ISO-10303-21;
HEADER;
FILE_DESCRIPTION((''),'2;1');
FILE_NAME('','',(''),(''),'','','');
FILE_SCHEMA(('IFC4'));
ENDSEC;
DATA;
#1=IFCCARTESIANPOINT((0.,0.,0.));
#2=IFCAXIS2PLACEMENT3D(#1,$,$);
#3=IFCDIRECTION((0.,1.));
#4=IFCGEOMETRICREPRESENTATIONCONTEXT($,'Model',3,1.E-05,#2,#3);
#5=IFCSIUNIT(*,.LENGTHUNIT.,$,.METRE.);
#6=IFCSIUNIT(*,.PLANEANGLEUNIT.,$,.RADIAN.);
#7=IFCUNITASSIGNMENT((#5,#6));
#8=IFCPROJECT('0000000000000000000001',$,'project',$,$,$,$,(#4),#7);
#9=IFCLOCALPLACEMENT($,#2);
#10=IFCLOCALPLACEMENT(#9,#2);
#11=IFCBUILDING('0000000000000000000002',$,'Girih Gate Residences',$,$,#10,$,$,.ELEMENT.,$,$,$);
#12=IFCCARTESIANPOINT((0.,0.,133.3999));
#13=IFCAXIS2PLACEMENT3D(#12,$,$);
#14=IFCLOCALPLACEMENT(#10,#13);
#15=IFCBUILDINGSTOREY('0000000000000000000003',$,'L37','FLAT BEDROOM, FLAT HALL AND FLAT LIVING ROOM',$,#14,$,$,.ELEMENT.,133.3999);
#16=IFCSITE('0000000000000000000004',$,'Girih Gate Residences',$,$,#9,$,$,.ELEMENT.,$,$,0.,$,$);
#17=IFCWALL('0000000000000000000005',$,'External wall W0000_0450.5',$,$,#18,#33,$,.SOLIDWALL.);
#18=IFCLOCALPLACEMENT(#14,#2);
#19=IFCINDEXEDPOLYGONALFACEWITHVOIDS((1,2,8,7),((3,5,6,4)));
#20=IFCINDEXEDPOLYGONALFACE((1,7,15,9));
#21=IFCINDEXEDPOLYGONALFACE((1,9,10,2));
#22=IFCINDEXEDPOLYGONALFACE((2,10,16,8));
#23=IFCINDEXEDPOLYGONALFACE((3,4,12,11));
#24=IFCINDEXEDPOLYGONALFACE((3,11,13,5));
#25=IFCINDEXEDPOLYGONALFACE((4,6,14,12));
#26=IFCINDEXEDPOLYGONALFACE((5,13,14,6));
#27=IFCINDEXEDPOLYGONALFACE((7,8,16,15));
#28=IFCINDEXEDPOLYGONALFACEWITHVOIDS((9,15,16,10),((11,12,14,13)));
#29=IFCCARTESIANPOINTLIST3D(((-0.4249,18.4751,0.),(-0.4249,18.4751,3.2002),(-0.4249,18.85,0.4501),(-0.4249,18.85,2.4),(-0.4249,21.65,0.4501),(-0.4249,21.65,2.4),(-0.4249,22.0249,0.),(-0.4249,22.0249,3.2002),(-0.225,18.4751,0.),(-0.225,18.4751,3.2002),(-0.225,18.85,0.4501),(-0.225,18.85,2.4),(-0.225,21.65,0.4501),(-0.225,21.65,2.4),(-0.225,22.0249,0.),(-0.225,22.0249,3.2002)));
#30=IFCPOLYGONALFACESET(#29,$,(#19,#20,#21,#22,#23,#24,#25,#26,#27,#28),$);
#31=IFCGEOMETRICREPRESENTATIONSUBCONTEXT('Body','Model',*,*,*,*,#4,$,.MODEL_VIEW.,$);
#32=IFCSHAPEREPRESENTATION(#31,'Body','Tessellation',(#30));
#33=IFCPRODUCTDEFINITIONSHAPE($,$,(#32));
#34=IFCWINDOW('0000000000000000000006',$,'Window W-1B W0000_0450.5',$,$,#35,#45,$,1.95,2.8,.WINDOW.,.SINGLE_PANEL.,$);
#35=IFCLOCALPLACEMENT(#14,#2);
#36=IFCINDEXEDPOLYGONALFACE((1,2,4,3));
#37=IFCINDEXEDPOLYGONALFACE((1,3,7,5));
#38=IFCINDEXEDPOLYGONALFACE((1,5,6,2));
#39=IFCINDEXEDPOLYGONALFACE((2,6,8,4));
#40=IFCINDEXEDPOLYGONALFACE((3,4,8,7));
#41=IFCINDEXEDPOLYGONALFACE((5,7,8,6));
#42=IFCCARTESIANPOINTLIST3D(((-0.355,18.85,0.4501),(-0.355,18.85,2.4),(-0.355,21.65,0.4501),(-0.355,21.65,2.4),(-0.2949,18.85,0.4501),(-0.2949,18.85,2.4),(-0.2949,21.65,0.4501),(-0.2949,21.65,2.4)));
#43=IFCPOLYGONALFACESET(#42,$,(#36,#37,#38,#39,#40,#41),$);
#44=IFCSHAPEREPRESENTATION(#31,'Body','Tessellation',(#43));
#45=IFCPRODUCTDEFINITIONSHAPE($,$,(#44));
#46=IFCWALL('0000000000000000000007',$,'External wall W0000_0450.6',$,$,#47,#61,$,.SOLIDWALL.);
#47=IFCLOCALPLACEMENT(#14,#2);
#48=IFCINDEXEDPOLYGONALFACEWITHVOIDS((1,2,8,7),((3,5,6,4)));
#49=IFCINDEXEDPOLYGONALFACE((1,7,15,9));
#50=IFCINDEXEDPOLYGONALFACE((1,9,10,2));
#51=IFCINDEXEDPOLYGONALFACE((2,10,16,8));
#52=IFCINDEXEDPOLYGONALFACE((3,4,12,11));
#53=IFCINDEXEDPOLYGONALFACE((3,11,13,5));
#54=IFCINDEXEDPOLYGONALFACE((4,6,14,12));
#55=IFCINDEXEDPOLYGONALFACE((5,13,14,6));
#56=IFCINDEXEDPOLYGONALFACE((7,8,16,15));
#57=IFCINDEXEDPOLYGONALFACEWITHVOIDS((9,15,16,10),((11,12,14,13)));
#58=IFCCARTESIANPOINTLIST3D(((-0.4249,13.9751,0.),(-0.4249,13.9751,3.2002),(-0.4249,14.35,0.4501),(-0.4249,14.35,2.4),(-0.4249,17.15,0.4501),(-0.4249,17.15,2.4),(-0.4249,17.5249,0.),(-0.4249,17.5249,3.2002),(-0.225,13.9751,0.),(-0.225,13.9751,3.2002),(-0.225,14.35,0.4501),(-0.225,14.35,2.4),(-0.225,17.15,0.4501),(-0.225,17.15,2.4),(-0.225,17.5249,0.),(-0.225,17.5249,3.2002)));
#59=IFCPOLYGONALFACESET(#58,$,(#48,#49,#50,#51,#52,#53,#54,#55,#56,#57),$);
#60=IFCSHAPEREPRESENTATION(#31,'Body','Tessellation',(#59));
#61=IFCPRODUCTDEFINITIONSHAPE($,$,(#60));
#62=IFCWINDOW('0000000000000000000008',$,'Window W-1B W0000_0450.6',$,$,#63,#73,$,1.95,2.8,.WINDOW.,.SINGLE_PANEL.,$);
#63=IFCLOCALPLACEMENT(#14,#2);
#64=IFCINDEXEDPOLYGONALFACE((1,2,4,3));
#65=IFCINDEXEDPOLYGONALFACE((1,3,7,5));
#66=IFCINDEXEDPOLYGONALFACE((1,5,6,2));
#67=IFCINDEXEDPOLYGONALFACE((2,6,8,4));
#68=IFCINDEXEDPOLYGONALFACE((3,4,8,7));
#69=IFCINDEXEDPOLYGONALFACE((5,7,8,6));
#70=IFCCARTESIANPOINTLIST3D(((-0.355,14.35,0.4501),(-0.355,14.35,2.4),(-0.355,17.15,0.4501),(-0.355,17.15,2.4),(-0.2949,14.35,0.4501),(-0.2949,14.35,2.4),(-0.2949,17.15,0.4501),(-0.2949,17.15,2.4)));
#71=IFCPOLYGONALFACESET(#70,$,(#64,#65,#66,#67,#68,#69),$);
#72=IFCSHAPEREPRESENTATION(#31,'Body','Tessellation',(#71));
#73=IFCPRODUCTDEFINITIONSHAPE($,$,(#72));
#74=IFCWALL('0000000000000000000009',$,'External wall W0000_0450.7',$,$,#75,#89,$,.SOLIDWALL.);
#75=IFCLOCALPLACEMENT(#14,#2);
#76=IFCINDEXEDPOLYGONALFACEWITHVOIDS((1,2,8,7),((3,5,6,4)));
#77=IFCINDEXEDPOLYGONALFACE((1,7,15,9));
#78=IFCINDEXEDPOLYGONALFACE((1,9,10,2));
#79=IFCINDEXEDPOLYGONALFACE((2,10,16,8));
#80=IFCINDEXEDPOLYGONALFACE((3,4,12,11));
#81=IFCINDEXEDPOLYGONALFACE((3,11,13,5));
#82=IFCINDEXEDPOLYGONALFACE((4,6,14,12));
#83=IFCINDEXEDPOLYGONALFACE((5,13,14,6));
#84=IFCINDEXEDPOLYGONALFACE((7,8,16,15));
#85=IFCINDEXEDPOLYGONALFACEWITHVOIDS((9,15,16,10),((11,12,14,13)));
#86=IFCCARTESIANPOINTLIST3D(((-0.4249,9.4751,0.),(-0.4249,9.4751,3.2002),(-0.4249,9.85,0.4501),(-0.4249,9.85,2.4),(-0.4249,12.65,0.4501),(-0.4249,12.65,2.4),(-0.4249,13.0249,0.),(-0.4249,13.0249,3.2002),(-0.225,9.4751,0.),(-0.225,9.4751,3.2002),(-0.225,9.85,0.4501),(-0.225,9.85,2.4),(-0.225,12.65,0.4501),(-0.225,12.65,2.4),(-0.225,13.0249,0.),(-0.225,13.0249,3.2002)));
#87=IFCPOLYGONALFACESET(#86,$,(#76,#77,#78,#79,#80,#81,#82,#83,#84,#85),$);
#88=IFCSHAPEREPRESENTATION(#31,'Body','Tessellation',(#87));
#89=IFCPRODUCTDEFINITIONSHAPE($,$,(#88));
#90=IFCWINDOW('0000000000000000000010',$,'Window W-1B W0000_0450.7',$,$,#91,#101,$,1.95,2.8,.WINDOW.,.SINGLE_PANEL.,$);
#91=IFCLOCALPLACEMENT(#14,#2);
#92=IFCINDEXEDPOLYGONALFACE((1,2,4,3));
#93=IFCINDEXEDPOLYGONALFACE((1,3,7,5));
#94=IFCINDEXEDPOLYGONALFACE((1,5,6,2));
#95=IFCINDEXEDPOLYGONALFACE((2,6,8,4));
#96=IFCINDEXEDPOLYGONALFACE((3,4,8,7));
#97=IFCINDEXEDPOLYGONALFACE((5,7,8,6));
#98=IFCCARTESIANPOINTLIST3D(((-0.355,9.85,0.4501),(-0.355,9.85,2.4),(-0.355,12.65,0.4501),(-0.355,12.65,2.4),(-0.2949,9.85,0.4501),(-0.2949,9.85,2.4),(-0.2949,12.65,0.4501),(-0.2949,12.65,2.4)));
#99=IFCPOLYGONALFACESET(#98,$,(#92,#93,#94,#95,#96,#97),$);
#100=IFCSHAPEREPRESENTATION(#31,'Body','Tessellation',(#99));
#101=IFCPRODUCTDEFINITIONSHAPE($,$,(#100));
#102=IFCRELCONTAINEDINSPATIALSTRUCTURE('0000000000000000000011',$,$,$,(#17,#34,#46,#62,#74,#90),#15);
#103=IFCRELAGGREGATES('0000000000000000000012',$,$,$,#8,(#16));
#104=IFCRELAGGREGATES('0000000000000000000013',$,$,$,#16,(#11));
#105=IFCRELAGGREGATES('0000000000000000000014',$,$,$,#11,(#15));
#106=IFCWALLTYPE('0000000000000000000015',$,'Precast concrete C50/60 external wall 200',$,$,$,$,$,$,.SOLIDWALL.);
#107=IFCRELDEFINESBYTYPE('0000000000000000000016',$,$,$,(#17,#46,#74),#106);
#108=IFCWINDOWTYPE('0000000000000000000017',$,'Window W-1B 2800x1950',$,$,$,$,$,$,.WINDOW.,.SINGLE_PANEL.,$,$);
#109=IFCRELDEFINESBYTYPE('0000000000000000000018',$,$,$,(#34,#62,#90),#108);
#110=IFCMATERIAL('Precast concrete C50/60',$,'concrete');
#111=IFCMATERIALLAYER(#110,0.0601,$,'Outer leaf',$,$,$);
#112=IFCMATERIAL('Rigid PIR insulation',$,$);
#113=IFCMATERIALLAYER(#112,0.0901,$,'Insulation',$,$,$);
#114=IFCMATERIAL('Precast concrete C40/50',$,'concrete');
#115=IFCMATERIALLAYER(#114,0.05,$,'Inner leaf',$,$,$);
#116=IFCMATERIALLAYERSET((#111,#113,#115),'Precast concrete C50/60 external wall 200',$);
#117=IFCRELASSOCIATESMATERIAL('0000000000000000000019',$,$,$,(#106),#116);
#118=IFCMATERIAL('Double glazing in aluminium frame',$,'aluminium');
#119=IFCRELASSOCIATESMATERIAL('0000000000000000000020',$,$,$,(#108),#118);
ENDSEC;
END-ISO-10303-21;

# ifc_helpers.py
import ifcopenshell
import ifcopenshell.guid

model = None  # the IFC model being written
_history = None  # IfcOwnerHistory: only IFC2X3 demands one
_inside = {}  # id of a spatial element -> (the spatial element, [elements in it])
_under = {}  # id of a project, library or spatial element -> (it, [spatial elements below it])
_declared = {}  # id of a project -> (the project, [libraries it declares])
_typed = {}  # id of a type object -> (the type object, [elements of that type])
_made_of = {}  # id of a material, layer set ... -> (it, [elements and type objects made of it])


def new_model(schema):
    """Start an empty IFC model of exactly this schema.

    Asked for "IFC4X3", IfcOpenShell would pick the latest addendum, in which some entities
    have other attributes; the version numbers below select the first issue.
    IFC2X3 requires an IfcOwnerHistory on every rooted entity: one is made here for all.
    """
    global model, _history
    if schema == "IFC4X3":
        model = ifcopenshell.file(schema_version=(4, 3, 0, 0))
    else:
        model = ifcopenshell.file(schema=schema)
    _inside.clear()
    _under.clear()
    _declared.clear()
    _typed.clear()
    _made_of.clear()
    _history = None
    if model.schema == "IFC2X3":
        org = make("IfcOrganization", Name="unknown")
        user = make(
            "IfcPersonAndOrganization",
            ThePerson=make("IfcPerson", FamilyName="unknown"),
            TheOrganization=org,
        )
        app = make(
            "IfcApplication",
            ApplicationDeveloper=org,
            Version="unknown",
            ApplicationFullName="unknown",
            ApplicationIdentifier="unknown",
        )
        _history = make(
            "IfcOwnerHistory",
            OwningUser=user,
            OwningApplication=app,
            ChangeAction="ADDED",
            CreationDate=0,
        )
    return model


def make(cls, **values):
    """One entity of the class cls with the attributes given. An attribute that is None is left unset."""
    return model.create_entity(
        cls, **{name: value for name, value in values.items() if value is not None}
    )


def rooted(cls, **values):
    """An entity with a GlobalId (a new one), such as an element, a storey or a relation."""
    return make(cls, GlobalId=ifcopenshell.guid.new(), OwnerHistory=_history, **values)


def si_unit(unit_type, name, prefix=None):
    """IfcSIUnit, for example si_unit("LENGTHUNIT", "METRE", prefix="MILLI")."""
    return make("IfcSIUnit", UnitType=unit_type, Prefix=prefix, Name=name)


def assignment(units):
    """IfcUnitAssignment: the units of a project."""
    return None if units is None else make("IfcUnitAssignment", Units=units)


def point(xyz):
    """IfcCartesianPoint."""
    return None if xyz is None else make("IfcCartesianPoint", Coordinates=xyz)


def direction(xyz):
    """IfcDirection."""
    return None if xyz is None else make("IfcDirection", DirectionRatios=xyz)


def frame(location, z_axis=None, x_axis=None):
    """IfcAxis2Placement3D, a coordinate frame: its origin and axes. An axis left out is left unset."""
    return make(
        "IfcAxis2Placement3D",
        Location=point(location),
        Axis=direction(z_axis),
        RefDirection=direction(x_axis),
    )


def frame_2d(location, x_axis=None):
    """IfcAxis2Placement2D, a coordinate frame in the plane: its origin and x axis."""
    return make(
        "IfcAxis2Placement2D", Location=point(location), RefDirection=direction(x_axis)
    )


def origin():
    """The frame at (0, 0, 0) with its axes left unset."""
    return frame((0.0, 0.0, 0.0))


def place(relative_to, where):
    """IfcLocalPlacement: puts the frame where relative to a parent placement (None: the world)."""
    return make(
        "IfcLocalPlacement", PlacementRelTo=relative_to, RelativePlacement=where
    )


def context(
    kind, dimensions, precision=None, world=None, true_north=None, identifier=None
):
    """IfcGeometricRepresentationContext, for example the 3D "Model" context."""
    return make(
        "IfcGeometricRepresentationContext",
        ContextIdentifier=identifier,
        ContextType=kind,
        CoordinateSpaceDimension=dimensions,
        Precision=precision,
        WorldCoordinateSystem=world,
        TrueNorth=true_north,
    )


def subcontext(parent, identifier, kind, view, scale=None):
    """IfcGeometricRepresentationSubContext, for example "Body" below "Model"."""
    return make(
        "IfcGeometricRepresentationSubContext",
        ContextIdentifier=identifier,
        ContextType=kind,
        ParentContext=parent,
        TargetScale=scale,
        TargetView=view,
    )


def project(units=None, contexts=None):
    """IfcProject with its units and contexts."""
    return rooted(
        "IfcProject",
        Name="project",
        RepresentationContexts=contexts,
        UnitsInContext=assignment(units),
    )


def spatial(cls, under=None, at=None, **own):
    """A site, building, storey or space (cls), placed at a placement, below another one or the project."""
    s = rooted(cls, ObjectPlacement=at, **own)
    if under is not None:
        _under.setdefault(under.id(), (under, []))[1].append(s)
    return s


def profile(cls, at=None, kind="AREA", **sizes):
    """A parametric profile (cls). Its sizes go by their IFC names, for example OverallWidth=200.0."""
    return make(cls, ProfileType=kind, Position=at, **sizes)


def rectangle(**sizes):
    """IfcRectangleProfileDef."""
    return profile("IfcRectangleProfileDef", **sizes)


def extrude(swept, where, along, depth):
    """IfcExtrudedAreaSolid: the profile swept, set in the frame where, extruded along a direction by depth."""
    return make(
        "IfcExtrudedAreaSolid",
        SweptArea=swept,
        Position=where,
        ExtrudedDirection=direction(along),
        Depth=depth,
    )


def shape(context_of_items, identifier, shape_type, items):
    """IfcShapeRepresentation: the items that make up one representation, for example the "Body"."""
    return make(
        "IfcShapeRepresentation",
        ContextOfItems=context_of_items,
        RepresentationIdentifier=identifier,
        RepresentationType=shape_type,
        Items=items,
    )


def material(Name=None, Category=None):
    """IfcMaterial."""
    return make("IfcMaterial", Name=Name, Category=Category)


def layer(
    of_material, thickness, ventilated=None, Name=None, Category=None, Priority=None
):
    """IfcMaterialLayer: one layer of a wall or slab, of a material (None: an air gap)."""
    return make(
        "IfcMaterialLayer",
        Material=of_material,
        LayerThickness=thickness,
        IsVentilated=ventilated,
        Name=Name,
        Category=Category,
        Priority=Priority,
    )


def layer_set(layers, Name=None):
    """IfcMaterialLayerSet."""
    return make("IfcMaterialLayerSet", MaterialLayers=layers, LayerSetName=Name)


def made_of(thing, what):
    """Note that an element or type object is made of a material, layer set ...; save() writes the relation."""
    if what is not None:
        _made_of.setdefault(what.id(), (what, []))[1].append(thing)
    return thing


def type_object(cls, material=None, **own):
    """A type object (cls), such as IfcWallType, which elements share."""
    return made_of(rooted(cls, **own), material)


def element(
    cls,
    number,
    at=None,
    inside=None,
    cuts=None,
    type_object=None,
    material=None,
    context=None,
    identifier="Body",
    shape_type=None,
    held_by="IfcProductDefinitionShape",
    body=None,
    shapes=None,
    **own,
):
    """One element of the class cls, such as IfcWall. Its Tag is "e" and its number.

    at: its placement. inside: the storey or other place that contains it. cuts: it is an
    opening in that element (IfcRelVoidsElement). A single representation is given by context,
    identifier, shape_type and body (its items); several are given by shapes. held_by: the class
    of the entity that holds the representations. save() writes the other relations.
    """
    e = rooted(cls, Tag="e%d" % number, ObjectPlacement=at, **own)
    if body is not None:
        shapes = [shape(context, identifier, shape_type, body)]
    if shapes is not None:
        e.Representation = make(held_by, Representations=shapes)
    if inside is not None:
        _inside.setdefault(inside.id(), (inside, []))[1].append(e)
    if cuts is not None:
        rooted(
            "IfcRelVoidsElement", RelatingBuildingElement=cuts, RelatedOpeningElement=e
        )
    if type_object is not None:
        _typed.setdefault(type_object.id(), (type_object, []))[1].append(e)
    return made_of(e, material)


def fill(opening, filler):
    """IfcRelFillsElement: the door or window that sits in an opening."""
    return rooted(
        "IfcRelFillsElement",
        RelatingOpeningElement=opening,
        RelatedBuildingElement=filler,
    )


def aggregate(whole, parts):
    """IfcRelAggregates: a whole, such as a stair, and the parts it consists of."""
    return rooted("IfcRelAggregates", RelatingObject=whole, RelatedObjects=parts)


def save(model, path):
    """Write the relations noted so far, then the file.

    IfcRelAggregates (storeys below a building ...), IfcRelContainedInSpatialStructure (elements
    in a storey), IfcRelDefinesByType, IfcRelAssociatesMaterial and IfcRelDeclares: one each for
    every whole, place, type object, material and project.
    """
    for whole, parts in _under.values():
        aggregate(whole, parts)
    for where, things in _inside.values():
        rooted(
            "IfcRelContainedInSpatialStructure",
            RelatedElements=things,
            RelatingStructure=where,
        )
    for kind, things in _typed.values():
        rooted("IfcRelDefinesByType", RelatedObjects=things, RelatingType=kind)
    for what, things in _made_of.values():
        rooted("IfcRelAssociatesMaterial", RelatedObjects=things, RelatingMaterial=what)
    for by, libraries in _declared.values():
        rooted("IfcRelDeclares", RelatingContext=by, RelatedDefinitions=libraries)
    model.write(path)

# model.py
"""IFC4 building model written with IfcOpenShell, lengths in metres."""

from ifc_helpers import new_model, si_unit, direction, frame, frame_2d, origin, place, context, subcontext, project, spatial, rectangle, extrude, material, layer, layer_set, type_object, element, fill, save


model = new_model("IFC4")

# Units and contexts
model_context = context("Model", 3, precision=1e-05, world=origin(), true_north=direction((0.0, 1.0)))
body_context = subcontext(model_context, "Body", "Model", "MODEL_VIEW")
ifc_project = project(units=[si_unit("LENGTHUNIT", "METRE"), si_unit("PLANEANGLEUNIT", "RADIAN")], contexts=[model_context])

# Site, building, storey
site_placement = place(None, origin())
site = spatial("IfcSite", under=ifc_project, at=site_placement, Name="Girih Gate Residences", CompositionType="ELEMENT", RefElevation=0.0)
building_placement = place(site_placement, origin())
building = spatial("IfcBuilding", under=site, at=building_placement, Name="Girih Gate Residences", CompositionType="ELEMENT")
storey_placement = place(building_placement, frame((0.0, 0.0, 133.3999)))
storey = spatial("IfcBuildingStorey", under=building, at=storey_placement, Name="L37", Description="FLAT BEDROOM, FLAT HALL AND FLAT LIVING ROOM", CompositionType="ELEMENT", Elevation=133.3999)

# Walls, openings, windows
ifc_material_1 = material(Name="Precast concrete C50/60", Category="concrete")
ifc_layer_1 = layer(ifc_material_1, 0.0601, Name="Outer leaf")
ifc_material_2 = material(Name="Rigid PIR insulation")
ifc_layer_2 = layer(ifc_material_2, 0.0901, Name="Insulation")
ifc_material_3 = material(Name="Precast concrete C40/50", Category="concrete")
ifc_layer_3 = layer(ifc_material_3, 0.05, Name="Inner leaf")
ifc_layer_set_1 = layer_set([ifc_layer_1, ifc_layer_2, ifc_layer_3], Name="Precast concrete C50/60 external wall 200")
wall_type_1 = type_object("IfcWallType", Name="Precast concrete C50/60 external wall 200", PredefinedType="SOLIDWALL", material=ifc_layer_set_1)
wall_1_placement = place(storey_placement, frame((-0.325, 18.4751, 0.0), z_axis=(0.0, 0.0, 1.0), x_axis=(0.0, 1.0, 0.0)))
wall_1 = element("IfcWall", 1, at=wall_1_placement, inside=storey, type_object=wall_type_1, Name="External wall W0000_0450.5", PredefinedType="SOLIDWALL", context=body_context, shape_type="SweptSolid", body=[
    extrude(rectangle(XDim=3.5498, YDim=0.2, at=frame_2d((1.7749, 0.0))), origin(), (0.0, 0.0, 1.0), 3.2002),
])
opening_1_placement = place(wall_1_placement, frame((0.375, 0.0, 0.45)))
opening_1 = element("IfcOpeningElement", 2, at=opening_1_placement, cuts=wall_1, PredefinedType="OPENING", context=body_context, shape_type="SweptSolid", body=[
    extrude(rectangle(XDim=2.8, YDim=1.95, at=frame_2d((1.3999, 0.9751))), frame((0.0, 0.1099, 0.0), z_axis=(0.0, -1.0, 0.0), x_axis=(1.0, 0.0, 0.0)), (0.0, 0.0, 1.0), 0.22),
])
ifc_material_4 = material(Name="Double glazing in aluminium frame", Category="aluminium")
window_type = type_object("IfcWindowType", Name="Window W-1B 2800x1950", PartitioningType="SINGLE_PANEL", PredefinedType="WINDOW", material=ifc_material_4)
window_1_placement = place(opening_1_placement, origin())
window_1 = element("IfcWindow", 3, at=window_1_placement, inside=storey, type_object=window_type, Name="Window W-1B W0000_0450.5", OverallHeight=1.95, OverallWidth=2.8, PartitioningType="SINGLE_PANEL", PredefinedType="WINDOW", context=body_context, shape_type="SweptSolid", body=[
    extrude(rectangle(XDim=2.8, YDim=1.95, at=frame_2d((1.3999, 0.9751))), frame((0.0, 0.03, 0.0), z_axis=(0.0, -1.0, 0.0), x_axis=(1.0, 0.0, 0.0)), (0.0, 0.0, 1.0), 0.0601),
])
fill(opening_1, window_1)
wall_2_placement = place(storey_placement, frame((-0.325, 13.9751, 0.0), z_axis=(0.0, 0.0, 1.0), x_axis=(0.0, 1.0, 0.0)))
wall_2 = element("IfcWall", 4, at=wall_2_placement, inside=storey, type_object=wall_type_1, Name="External wall W0000_0450.6", PredefinedType="SOLIDWALL", context=body_context, shape_type="SweptSolid", body=[
    extrude(rectangle(XDim=3.5498, YDim=0.2, at=frame_2d((1.7749, 0.0))), origin(), (0.0, 0.0, 1.0), 3.2002),
])
opening_2_placement = place(wall_2_placement, frame((0.375, 0.0, 0.45)))
opening_2 = element("IfcOpeningElement", 5, at=opening_2_placement, cuts=wall_2, PredefinedType="OPENING", context=body_context, shape_type="SweptSolid", body=[
    extrude(rectangle(XDim=2.8, YDim=1.95, at=frame_2d((1.3999, 0.9751))), frame((0.0, 0.1099, 0.0), z_axis=(0.0, -1.0, 0.0), x_axis=(1.0, 0.0, 0.0)), (0.0, 0.0, 1.0), 0.22),
])
window_2_placement = place(opening_2_placement, origin())
window_2 = element("IfcWindow", 6, at=window_2_placement, inside=storey, type_object=window_type, Name="Window W-1B W0000_0450.6", OverallHeight=1.95, OverallWidth=2.8, PartitioningType="SINGLE_PANEL", PredefinedType="WINDOW", context=body_context, shape_type="SweptSolid", body=[
    extrude(rectangle(XDim=2.8, YDim=1.95, at=frame_2d((1.3999, 0.9751))), frame((0.0, 0.03, 0.0), z_axis=(0.0, -1.0, 0.0), x_axis=(1.0, 0.0, 0.0)), (0.0, 0.0, 1.0), 0.0601),
])
fill(opening_2, window_2)
wall_3_placement = place(storey_placement, frame((-0.325, 9.4751, 0.0), z_axis=(0.0, 0.0, 1.0), x_axis=(0.0, 1.0, 0.0)))
wall_3 = element("IfcWall", 7, at=wall_3_placement, inside=storey, type_object=wall_type_1, Name="External wall W0000_0450.7", PredefinedType="SOLIDWALL", context=body_context, shape_type="SweptSolid", body=[
    extrude(rectangle(XDim=3.5498, YDim=0.2, at=frame_2d((1.7749, 0.0))), origin(), (0.0, 0.0, 1.0), 3.2002),
])
opening_3_placement = place(wall_3_placement, frame((0.375, 0.0, 0.45)))
opening_3 = element("IfcOpeningElement", 8, at=opening_3_placement, cuts=wall_3, PredefinedType="OPENING", context=body_context, shape_type="SweptSolid", body=[
    extrude(rectangle(XDim=2.8, YDim=1.95, at=frame_2d((1.3999, 0.9751))), frame((0.0, 0.1099, 0.0), z_axis=(0.0, -1.0, 0.0), x_axis=(1.0, 0.0, 0.0)), (0.0, 0.0, 1.0), 0.22),
])
window_3_placement = place(opening_3_placement, origin())
window_3 = element("IfcWindow", 9, at=window_3_placement, inside=storey, type_object=window_type, Name="Window W-1B W0000_0450.7", OverallHeight=1.95, OverallWidth=2.8, PartitioningType="SINGLE_PANEL", PredefinedType="WINDOW", context=body_context, shape_type="SweptSolid", body=[
    extrude(rectangle(XDim=2.8, YDim=1.95, at=frame_2d((1.3999, 0.9751))), frame((0.0, 0.03, 0.0), z_axis=(0.0, -1.0, 0.0), x_axis=(1.0, 0.0, 0.0)), (0.0, 0.0, 1.0), 0.0601),
])
fill(opening_3, window_3)

save(model, "model.ifc")
